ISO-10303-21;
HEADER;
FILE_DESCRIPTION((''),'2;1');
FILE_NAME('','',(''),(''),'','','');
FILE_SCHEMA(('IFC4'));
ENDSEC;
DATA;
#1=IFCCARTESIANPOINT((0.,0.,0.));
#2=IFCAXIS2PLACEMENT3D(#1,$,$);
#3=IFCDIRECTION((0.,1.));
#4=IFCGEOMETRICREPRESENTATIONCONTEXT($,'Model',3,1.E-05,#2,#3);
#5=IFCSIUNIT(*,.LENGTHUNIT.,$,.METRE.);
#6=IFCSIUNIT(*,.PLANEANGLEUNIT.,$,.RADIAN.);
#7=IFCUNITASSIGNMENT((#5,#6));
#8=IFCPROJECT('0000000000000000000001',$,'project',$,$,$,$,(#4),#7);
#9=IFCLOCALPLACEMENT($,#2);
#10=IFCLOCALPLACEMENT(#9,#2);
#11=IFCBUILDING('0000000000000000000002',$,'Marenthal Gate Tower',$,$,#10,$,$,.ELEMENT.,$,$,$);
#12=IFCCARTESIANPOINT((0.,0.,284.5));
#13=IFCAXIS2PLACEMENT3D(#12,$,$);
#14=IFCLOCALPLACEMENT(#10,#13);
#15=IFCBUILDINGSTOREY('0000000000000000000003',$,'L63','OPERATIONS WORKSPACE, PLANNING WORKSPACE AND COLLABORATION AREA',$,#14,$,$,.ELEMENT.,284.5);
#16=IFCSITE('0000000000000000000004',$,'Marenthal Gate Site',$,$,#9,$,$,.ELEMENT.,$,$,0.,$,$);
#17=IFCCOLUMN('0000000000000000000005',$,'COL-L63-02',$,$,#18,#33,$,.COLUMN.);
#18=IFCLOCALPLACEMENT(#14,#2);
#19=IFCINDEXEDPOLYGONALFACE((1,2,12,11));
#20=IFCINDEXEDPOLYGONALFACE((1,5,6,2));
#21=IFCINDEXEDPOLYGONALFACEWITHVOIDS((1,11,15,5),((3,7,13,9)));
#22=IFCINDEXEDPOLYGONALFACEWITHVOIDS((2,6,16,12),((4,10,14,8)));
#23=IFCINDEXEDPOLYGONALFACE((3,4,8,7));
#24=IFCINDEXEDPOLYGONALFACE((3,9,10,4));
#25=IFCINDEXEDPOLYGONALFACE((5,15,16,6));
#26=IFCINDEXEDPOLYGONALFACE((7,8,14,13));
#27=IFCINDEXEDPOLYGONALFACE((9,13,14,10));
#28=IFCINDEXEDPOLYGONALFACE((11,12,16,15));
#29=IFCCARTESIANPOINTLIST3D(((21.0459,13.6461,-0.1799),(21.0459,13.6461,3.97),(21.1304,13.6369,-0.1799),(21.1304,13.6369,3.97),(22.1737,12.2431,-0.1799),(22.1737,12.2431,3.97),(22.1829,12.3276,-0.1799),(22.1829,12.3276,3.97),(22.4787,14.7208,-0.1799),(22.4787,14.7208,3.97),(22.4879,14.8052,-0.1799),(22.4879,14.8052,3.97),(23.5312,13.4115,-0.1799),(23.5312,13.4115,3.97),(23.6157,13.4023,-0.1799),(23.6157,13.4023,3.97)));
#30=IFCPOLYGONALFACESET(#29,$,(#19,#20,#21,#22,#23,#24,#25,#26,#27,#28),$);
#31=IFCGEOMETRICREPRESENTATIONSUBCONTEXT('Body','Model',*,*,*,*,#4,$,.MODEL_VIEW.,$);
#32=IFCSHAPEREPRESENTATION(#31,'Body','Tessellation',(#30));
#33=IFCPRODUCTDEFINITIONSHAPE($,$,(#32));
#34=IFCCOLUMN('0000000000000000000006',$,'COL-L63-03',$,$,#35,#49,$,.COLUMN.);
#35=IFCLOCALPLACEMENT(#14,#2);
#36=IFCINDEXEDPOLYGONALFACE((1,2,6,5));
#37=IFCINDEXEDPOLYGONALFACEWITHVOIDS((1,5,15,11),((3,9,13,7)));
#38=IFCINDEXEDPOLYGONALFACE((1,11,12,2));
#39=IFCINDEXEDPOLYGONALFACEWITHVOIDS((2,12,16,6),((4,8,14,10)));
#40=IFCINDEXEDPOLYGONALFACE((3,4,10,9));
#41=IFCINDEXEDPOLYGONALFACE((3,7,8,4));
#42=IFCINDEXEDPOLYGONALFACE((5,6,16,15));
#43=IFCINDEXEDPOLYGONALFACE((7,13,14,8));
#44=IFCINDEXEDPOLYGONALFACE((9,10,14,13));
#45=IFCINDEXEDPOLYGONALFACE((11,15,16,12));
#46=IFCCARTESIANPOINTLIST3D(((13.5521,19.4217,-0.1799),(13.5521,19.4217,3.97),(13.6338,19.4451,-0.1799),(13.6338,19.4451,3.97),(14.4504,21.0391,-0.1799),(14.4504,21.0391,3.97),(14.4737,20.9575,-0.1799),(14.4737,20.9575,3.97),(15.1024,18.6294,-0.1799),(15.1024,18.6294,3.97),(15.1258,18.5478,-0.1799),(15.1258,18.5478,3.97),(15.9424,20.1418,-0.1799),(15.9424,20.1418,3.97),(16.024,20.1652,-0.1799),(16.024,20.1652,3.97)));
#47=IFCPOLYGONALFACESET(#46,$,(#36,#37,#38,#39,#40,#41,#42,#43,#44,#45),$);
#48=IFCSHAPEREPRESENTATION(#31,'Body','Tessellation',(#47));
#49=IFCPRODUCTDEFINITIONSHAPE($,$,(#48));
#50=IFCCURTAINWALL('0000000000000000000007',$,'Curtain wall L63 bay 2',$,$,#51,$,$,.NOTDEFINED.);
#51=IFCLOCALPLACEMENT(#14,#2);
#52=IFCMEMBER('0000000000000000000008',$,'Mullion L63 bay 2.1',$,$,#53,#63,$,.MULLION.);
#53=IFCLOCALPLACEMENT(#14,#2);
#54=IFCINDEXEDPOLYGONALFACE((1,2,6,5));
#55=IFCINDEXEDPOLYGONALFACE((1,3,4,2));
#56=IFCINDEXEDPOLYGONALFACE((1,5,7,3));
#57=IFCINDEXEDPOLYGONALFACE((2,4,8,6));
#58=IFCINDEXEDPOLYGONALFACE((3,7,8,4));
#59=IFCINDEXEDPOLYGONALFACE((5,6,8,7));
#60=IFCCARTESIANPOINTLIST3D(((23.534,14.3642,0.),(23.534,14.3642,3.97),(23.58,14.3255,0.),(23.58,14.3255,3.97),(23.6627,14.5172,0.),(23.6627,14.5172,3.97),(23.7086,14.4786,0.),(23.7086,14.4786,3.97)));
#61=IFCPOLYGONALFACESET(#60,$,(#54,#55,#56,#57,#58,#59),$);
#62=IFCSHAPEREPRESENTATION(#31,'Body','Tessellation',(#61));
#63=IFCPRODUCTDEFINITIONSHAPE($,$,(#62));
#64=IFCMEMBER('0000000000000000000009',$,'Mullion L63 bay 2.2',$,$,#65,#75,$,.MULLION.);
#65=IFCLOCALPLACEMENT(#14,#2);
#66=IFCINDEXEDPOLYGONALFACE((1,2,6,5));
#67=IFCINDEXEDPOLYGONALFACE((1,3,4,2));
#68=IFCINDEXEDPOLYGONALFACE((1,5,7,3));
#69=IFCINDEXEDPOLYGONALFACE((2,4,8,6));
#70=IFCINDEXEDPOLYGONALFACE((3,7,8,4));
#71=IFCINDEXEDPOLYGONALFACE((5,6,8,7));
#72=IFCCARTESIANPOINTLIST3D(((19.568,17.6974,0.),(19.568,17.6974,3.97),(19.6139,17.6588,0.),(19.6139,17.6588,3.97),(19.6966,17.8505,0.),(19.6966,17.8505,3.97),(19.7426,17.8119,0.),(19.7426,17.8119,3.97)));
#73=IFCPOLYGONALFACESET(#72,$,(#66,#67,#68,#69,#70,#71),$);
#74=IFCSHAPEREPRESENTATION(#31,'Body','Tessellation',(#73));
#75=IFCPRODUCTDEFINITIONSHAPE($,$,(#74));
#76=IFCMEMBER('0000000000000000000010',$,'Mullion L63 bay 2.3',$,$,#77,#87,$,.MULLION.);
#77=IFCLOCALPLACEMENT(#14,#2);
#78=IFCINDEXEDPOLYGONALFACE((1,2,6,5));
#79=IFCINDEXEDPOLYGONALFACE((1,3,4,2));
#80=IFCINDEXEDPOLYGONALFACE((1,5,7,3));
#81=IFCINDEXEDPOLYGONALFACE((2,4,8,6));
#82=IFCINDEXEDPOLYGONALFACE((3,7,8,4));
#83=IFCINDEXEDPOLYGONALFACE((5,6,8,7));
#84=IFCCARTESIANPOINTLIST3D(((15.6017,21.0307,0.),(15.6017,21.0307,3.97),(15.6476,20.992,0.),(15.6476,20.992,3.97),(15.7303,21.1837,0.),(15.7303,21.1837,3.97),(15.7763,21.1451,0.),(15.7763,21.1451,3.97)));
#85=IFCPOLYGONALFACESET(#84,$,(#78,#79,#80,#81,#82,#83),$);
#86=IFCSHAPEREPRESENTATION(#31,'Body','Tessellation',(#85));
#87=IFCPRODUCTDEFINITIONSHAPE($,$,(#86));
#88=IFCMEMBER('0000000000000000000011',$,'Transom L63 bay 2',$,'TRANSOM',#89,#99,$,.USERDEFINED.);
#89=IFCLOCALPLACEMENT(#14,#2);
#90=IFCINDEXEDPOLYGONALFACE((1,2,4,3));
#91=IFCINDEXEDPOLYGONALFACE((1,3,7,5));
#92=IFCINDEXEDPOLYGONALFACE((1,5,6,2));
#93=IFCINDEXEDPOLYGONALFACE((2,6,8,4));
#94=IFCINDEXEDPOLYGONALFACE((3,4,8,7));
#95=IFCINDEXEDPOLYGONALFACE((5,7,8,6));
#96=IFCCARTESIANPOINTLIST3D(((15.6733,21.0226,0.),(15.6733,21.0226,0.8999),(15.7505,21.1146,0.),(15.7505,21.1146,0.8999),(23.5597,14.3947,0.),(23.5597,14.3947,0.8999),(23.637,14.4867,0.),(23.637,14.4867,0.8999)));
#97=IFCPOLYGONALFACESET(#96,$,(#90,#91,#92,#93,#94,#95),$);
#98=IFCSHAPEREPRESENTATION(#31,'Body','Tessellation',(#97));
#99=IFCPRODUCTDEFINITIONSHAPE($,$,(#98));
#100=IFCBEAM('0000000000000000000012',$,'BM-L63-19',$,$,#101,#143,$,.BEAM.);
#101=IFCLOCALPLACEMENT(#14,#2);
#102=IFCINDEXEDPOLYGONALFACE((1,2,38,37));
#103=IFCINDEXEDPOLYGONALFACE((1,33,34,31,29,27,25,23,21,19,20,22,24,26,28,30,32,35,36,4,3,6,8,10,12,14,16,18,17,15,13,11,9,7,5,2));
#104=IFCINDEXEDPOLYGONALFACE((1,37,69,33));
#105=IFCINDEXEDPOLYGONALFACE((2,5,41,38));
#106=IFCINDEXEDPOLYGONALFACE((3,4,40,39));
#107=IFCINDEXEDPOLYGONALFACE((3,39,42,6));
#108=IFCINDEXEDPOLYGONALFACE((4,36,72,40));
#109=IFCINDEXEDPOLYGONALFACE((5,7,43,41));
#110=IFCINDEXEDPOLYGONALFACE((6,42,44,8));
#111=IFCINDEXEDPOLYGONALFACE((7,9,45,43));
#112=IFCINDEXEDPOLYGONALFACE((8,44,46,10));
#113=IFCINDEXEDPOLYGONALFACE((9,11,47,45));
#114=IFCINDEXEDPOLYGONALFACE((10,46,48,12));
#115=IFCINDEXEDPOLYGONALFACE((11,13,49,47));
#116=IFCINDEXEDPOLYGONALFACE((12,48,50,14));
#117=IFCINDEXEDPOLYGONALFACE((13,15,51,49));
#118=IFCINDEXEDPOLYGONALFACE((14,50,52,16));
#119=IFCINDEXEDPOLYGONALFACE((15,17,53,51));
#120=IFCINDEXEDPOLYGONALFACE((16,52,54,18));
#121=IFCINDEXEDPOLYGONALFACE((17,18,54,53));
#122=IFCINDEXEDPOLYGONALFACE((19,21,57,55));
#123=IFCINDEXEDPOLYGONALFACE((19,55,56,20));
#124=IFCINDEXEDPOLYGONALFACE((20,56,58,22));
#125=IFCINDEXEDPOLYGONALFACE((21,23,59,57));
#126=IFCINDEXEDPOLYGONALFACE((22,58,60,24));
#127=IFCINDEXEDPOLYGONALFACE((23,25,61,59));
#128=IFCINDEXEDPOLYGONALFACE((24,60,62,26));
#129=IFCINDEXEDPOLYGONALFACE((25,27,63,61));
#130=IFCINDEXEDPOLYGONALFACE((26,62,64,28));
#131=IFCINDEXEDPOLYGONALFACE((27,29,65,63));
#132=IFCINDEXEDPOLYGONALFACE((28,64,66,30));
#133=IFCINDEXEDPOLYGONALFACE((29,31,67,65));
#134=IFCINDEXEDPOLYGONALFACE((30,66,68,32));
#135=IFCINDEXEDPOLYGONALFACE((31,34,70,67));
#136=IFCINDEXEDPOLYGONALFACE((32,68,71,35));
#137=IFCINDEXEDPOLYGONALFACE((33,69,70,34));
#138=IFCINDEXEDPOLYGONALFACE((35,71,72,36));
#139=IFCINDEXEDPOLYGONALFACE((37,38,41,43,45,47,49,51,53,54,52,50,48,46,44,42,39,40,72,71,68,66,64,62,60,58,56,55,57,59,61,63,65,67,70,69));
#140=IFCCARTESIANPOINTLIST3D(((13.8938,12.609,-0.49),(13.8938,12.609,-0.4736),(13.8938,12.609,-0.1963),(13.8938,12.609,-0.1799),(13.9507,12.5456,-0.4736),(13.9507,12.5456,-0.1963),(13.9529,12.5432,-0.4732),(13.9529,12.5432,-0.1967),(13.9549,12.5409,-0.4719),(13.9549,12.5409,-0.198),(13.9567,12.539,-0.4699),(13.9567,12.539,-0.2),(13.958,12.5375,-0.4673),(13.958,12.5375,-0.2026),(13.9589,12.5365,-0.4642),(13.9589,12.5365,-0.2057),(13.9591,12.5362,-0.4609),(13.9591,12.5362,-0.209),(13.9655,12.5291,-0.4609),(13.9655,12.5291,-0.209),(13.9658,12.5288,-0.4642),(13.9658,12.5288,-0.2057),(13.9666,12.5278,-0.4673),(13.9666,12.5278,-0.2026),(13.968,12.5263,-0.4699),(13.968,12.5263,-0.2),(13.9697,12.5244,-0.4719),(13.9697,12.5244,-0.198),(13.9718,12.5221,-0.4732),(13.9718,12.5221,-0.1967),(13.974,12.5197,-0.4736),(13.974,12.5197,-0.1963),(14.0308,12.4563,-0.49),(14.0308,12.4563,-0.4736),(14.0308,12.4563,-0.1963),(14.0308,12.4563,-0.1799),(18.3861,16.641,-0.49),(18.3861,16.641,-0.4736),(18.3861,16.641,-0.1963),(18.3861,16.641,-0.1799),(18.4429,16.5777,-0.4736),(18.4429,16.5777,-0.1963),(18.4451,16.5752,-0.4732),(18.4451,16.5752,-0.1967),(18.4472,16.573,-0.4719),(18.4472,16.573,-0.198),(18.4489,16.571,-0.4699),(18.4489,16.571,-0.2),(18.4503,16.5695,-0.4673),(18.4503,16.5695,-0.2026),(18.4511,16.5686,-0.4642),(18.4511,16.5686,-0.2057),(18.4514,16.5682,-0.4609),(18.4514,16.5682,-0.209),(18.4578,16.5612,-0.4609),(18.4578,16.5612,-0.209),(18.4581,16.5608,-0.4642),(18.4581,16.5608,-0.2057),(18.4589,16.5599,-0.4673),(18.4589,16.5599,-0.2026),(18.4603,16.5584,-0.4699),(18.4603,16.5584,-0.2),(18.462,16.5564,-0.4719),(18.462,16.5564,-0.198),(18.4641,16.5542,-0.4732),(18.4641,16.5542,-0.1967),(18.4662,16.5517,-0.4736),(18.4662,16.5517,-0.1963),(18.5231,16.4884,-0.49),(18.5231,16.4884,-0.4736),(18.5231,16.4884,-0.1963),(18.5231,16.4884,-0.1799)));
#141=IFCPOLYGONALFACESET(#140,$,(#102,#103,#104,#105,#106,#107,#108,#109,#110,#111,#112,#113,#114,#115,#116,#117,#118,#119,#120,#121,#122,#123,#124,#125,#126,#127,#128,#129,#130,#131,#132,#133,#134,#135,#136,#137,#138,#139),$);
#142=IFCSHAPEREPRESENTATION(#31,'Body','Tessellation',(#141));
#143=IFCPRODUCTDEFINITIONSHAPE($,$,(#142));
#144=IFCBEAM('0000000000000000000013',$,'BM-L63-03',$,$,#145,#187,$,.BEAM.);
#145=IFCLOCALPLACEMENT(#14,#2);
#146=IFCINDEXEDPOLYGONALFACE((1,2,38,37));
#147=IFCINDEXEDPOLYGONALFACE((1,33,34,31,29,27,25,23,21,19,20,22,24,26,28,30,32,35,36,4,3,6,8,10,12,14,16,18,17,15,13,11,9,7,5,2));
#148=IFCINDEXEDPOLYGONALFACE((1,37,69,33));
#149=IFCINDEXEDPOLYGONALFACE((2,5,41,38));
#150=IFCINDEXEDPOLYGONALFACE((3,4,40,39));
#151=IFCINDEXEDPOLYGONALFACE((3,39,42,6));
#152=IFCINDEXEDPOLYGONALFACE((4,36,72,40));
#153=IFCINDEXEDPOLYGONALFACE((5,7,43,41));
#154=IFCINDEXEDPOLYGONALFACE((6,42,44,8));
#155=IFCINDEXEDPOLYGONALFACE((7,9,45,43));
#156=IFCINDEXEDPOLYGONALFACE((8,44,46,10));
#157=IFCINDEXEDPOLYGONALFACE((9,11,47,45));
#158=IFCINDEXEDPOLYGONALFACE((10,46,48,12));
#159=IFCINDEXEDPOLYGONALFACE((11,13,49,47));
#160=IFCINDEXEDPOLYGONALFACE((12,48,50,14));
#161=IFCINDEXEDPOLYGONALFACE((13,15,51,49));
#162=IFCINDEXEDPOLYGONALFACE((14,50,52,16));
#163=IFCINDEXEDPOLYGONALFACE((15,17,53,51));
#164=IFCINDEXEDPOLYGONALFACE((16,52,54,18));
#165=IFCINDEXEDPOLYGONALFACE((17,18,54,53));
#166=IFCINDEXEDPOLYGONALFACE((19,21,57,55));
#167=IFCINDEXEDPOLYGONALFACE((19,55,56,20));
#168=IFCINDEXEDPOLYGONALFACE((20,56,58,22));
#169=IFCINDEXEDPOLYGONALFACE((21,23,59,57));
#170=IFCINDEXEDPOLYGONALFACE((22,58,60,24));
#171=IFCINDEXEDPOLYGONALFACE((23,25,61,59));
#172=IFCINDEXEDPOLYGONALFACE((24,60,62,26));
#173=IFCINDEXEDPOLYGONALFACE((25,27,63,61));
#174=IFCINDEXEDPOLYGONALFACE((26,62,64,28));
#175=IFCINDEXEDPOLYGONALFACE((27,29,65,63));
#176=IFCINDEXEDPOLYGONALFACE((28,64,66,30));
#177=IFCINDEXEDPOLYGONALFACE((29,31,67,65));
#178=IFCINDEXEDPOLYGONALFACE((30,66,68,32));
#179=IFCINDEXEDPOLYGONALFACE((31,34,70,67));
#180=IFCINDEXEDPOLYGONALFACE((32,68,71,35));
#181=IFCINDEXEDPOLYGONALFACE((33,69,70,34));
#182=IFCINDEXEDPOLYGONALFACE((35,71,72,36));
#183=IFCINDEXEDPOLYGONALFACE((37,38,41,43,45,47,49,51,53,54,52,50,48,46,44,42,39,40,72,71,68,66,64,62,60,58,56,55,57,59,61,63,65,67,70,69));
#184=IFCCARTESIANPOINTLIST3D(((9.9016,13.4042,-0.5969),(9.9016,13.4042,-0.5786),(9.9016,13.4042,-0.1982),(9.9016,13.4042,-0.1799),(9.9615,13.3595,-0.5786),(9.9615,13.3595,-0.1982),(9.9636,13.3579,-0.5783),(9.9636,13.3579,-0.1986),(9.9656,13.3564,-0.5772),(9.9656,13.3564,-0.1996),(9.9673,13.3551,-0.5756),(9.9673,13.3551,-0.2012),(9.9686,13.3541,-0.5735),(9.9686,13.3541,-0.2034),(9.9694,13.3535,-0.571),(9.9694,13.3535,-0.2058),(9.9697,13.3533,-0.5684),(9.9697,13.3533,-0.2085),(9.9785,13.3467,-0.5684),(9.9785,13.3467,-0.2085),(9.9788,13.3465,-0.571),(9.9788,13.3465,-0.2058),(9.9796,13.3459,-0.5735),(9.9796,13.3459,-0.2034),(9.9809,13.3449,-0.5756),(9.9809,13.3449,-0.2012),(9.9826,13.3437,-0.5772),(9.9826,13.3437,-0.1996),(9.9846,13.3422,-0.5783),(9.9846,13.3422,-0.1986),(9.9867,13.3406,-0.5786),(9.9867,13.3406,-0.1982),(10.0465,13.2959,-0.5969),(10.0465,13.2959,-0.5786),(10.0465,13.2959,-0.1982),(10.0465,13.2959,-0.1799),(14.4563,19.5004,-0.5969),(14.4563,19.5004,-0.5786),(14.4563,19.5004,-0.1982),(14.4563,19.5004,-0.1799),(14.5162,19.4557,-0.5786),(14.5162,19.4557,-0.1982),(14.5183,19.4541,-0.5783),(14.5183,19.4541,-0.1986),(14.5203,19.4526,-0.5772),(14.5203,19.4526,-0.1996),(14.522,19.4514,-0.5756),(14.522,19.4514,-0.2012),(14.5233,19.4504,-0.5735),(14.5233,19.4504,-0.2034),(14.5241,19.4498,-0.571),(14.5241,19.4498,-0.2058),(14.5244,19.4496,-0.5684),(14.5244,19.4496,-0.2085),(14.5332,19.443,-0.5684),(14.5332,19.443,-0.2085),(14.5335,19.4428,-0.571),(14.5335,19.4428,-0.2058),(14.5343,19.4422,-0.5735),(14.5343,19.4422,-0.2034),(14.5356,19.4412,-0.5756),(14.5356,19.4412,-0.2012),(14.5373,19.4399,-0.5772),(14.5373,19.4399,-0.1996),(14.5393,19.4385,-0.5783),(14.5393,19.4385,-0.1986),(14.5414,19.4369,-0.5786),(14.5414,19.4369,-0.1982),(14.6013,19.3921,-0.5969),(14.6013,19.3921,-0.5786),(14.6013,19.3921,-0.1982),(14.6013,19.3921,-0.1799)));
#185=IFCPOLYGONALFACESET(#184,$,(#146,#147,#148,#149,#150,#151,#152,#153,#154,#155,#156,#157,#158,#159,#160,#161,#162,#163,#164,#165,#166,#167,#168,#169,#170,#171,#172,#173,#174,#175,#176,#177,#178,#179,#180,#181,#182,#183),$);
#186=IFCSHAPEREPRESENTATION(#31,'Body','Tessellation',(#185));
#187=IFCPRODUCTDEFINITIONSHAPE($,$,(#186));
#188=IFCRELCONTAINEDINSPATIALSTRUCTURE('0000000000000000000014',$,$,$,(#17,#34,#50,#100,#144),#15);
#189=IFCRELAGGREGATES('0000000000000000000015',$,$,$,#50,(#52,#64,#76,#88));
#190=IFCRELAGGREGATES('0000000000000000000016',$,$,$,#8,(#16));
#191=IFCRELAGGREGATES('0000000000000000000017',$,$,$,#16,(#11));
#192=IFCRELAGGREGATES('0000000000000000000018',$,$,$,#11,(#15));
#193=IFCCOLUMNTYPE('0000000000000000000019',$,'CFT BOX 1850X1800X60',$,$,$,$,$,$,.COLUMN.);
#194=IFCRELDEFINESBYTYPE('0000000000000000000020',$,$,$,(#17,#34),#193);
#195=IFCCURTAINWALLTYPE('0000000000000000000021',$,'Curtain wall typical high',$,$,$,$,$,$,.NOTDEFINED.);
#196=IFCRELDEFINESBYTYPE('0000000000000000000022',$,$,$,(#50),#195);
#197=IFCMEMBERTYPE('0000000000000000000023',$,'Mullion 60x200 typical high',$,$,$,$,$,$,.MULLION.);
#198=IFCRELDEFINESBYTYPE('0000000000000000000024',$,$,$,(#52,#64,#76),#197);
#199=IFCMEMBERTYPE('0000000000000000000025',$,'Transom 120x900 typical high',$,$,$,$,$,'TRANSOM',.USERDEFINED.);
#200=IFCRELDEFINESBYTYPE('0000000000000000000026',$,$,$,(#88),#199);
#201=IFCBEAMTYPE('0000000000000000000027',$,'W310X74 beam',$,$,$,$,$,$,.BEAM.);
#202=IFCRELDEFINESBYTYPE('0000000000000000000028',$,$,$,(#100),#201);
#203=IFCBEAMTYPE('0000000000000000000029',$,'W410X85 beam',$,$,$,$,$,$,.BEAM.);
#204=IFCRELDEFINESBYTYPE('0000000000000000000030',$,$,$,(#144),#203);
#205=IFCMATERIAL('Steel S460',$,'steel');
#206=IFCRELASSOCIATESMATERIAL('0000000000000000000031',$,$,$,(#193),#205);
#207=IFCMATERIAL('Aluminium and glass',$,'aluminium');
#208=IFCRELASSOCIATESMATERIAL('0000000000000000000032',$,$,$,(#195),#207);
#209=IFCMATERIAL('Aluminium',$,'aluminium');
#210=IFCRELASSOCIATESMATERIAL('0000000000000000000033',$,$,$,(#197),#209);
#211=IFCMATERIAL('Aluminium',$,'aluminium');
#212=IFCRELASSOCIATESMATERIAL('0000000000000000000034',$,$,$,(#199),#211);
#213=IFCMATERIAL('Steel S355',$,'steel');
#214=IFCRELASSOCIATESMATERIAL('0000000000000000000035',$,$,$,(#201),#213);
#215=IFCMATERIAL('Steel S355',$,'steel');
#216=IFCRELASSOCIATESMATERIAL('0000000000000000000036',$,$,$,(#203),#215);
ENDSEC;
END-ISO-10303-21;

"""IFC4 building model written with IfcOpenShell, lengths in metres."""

from ifc_helpers import new_model, si_unit, direction, frame, origin, origin_2d, place, context, subcontext, project, spatial, rectangle, hollow_rectangle, i_section, extrude, material, material_profile, profile_set, type_object, element, aggregate, save


model = new_model("IFC4")

# Units and contexts
model_context = context("Model", 3, precision=1e-05, world=origin(), true_north=direction((0.0, 1.0)))
body_context = subcontext(model_context, "Body", "Model", "MODEL_VIEW")
ifc_project = project(units=[si_unit("LENGTHUNIT", "METRE"), si_unit("PLANEANGLEUNIT", "RADIAN")], contexts=[model_context])

# Site, building, storey
site_placement = place(None, origin())
site = spatial("IfcSite", under=ifc_project, at=site_placement, Name="Marenthal Gate Site", CompositionType="ELEMENT", RefElevation=0.0)
building_placement = place(site_placement, origin())
building = spatial("IfcBuilding", under=site, at=building_placement, Name="Marenthal Gate Tower", CompositionType="ELEMENT")
storey_placement = place(building_placement, frame((0.0, 0.0, 284.5)))
storey = spatial("IfcBuildingStorey", under=building, at=storey_placement, Name="L63", Description="OPERATIONS WORKSPACE, PLANNING WORKSPACE AND COLLABORATION AREA", CompositionType="ELEMENT", Elevation=284.5)

# Columns
ifc_material_1 = material(Name="Steel S460", Category="steel")
ifc_material_profile_1 = material_profile(ifc_material_1, hollow_rectangle(XDim=1.8, YDim=1.8501, WallThickness=0.0601, at=origin_2d()), Name="CFT BOX 1850X1800X60")
ifc_material_2 = material(Name="Concrete 70 MPa", Category="concrete")
ifc_material_profile_2 = material_profile(ifc_material_2, rectangle(XDim=1.6799, YDim=1.73, at=origin_2d()), Name="CFT BOX 1850X1800X60 INFILL")
ifc_profile_set_1 = profile_set([ifc_material_profile_1, ifc_material_profile_2], Name="Steel S460 shell, Concrete 70 MPa infill")
column_type = type_object("IfcColumnType", Name="CFT BOX 1850X1800X60", PredefinedType="COLUMN", material=ifc_profile_set_1)
for number, where, z_axis, x_axis, name in (
    (1, (22.3308, 13.5242, -0.1799), (0.0, 0.0, 1.0), (0.62654, -0.779389, 0.0), "COL-L63-02"),
    (2, (14.7881, 19.7935, -0.1799), (0.0, 0.0, 1.0), (0.874222, -0.485527, 0.0), "COL-L63-03"),
):
    element("IfcColumn", number, at=place(storey_placement, frame(where, z_axis=z_axis, x_axis=x_axis)), inside=storey, type_object=column_type, Name=name, PredefinedType="COLUMN", context=body_context, shape_type="SweptSolid", body=[
        extrude(hollow_rectangle(XDim=1.8, YDim=1.8501, WallThickness=0.0601, at=origin_2d()), origin(), (0.0, 0.0, 1.0), 4.1499),
    ])

# Curtain wall, members
ifc_material_3 = material(Name="Aluminium and glass", Category="aluminium")
curtain_wall_type = type_object("IfcCurtainWallType", Name="Curtain wall typical high", PredefinedType="NOTDEFINED", material=ifc_material_3)
curtain_wall_placement = place(storey_placement, origin())
curtain_wall = element("IfcCurtainWall", 3, at=curtain_wall_placement, inside=storey, type_object=curtain_wall_type, Name="Curtain wall L63 bay 2", PredefinedType="NOTDEFINED")
ifc_material_4 = material(Name="Aluminium", Category="aluminium")
ifc_material_profile_3 = material_profile(ifc_material_4, rectangle(XDim=0.2, YDim=0.0601, at=origin_2d()), Name="60x200 aluminium mullion")
ifc_profile_set_2 = profile_set([ifc_material_profile_3], Name="Aluminium")
member_type_1 = type_object("IfcMemberType", Name="Mullion 60x200 typical high", PredefinedType="MULLION", material=ifc_profile_set_2)
member_1_placement = place(storey_placement, frame((23.6213, 14.4214, 0.0), z_axis=(0.0, 0.0, 1.0), x_axis=(-0.64338, -0.765547, 0.0)))
member_1 = element("IfcMember", 4, at=member_1_placement, type_object=member_type_1, Name="Mullion L63 bay 2.1", PredefinedType="MULLION", context=body_context, shape_type="SweptSolid", body=[
    extrude(rectangle(XDim=0.2, YDim=0.0601, at=origin_2d()), origin(), (0.0, 0.0, 1.0), 3.97),
])
member_2_placement = place(storey_placement, frame((19.6553, 17.7546, 0.0), z_axis=(0.0, 0.0, 1.0), x_axis=(-0.64338, -0.765547, 0.0)))
member_2 = element("IfcMember", 5, at=member_2_placement, type_object=member_type_1, Name="Mullion L63 bay 2.2", PredefinedType="MULLION", context=body_context, shape_type="SweptSolid", body=[
    extrude(rectangle(XDim=0.2, YDim=0.0601, at=origin_2d()), origin(), (0.0, 0.0, 1.0), 3.97),
])
member_3_placement = place(storey_placement, frame((15.689, 21.0879, 0.0), z_axis=(0.0, 0.0, 1.0), x_axis=(-0.64338, -0.765547, 0.0)))
member_3 = element("IfcMember", 6, at=member_3_placement, type_object=member_type_1, Name="Mullion L63 bay 2.3", PredefinedType="MULLION", context=body_context, shape_type="SweptSolid", body=[
    extrude(rectangle(XDim=0.2, YDim=0.0601, at=origin_2d()), origin(), (0.0, 0.0, 1.0), 3.97),
])
ifc_material_5 = material(Name="Aluminium", Category="aluminium")
ifc_material_profile_4 = material_profile(ifc_material_5, rectangle(XDim=0.1201, YDim=0.8999, at=origin_2d()), Name="120x900 aluminium transom")
ifc_profile_set_3 = profile_set([ifc_material_profile_4], Name="Aluminium")
member_type_2 = type_object("IfcMemberType", Name="Transom 120x900 typical high", ElementType="TRANSOM", PredefinedType="USERDEFINED", material=ifc_profile_set_3)
member_4_placement = place(storey_placement, frame((23.5984, 14.4407, 0.45), z_axis=(-0.765548, 0.643379, 0.0), x_axis=(-0.643379, -0.765548, 0.0)))
member_4 = element("IfcMember", 7, at=member_4_placement, type_object=member_type_2, Name="Transom L63 bay 2", ObjectType="TRANSOM", PredefinedType="USERDEFINED", context=body_context, shape_type="SweptSolid", body=[
    extrude(rectangle(XDim=0.1201, YDim=0.8999, at=origin_2d()), origin(), (0.0, 0.0, 1.0), 10.3018),
])

# Beams
ifc_material_6 = material(Name="Steel S355", Category="steel")
ifc_material_profile_5 = material_profile(ifc_material_6, i_section(OverallWidth=0.2051, OverallDepth=0.3101, WebThickness=0.0095, FlangeThickness=0.0164, FilletRadius=0.0127, at=origin_2d()), Name="W310X74")
ifc_profile_set_4 = profile_set([ifc_material_profile_5], Name="Steel S355")
beam_type_1 = type_object("IfcBeamType", Name="W310X74 beam", PredefinedType="BEAM", material=ifc_profile_set_4)
beam_1_placement = place(storey_placement, frame((18.4546, 16.5647, -0.335), z_axis=(-0.744198, -0.667959, 0.0), x_axis=(0.667959, -0.744198, 0.0)))
element("IfcBeam", 8, at=beam_1_placement, inside=storey, type_object=beam_type_1, Name="BM-L63-19", PredefinedType="BEAM", context=body_context, shape_type="SweptSolid", body=[
    extrude(i_section(OverallWidth=0.2051, OverallDepth=0.3101, WebThickness=0.0095, FlangeThickness=0.0164, FilletRadius=0.0127, at=origin_2d()), origin(), (0.0, 0.0, 1.0), 6.0364),
])
ifc_material_7 = material(Name="Steel S355", Category="steel")
ifc_material_profile_6 = material_profile(ifc_material_7, i_section(OverallWidth=0.1809, OverallDepth=0.417, WebThickness=0.011, FlangeThickness=0.0183, FilletRadius=0.0103, at=origin_2d()), Name="W410X85")
ifc_profile_set_5 = profile_set([ifc_material_profile_6], Name="Steel S355")
beam_type_2 = type_object("IfcBeamType", Name="W410X85 beam", PredefinedType="BEAM", material=ifc_profile_set_5)
beam_2_placement = place(storey_placement, frame((14.5288, 19.4463, -0.3884), z_axis=(-0.598531, -0.8011, 0.0), x_axis=(0.8011, -0.598531, 0.0)))
element("IfcBeam", 9, at=beam_2_placement, inside=storey, type_object=beam_type_2, Name="BM-L63-03", PredefinedType="BEAM", context=body_context, shape_type="SweptSolid", body=[
    extrude(i_section(OverallWidth=0.1809, OverallDepth=0.417, WebThickness=0.011, FlangeThickness=0.0183, FilletRadius=0.0103, at=origin_2d()), origin(), (0.0, 0.0, 1.0), 7.6099),
])

aggregate(curtain_wall, [member_1, member_2, member_3, member_4])

save(model, "model.ifc")
